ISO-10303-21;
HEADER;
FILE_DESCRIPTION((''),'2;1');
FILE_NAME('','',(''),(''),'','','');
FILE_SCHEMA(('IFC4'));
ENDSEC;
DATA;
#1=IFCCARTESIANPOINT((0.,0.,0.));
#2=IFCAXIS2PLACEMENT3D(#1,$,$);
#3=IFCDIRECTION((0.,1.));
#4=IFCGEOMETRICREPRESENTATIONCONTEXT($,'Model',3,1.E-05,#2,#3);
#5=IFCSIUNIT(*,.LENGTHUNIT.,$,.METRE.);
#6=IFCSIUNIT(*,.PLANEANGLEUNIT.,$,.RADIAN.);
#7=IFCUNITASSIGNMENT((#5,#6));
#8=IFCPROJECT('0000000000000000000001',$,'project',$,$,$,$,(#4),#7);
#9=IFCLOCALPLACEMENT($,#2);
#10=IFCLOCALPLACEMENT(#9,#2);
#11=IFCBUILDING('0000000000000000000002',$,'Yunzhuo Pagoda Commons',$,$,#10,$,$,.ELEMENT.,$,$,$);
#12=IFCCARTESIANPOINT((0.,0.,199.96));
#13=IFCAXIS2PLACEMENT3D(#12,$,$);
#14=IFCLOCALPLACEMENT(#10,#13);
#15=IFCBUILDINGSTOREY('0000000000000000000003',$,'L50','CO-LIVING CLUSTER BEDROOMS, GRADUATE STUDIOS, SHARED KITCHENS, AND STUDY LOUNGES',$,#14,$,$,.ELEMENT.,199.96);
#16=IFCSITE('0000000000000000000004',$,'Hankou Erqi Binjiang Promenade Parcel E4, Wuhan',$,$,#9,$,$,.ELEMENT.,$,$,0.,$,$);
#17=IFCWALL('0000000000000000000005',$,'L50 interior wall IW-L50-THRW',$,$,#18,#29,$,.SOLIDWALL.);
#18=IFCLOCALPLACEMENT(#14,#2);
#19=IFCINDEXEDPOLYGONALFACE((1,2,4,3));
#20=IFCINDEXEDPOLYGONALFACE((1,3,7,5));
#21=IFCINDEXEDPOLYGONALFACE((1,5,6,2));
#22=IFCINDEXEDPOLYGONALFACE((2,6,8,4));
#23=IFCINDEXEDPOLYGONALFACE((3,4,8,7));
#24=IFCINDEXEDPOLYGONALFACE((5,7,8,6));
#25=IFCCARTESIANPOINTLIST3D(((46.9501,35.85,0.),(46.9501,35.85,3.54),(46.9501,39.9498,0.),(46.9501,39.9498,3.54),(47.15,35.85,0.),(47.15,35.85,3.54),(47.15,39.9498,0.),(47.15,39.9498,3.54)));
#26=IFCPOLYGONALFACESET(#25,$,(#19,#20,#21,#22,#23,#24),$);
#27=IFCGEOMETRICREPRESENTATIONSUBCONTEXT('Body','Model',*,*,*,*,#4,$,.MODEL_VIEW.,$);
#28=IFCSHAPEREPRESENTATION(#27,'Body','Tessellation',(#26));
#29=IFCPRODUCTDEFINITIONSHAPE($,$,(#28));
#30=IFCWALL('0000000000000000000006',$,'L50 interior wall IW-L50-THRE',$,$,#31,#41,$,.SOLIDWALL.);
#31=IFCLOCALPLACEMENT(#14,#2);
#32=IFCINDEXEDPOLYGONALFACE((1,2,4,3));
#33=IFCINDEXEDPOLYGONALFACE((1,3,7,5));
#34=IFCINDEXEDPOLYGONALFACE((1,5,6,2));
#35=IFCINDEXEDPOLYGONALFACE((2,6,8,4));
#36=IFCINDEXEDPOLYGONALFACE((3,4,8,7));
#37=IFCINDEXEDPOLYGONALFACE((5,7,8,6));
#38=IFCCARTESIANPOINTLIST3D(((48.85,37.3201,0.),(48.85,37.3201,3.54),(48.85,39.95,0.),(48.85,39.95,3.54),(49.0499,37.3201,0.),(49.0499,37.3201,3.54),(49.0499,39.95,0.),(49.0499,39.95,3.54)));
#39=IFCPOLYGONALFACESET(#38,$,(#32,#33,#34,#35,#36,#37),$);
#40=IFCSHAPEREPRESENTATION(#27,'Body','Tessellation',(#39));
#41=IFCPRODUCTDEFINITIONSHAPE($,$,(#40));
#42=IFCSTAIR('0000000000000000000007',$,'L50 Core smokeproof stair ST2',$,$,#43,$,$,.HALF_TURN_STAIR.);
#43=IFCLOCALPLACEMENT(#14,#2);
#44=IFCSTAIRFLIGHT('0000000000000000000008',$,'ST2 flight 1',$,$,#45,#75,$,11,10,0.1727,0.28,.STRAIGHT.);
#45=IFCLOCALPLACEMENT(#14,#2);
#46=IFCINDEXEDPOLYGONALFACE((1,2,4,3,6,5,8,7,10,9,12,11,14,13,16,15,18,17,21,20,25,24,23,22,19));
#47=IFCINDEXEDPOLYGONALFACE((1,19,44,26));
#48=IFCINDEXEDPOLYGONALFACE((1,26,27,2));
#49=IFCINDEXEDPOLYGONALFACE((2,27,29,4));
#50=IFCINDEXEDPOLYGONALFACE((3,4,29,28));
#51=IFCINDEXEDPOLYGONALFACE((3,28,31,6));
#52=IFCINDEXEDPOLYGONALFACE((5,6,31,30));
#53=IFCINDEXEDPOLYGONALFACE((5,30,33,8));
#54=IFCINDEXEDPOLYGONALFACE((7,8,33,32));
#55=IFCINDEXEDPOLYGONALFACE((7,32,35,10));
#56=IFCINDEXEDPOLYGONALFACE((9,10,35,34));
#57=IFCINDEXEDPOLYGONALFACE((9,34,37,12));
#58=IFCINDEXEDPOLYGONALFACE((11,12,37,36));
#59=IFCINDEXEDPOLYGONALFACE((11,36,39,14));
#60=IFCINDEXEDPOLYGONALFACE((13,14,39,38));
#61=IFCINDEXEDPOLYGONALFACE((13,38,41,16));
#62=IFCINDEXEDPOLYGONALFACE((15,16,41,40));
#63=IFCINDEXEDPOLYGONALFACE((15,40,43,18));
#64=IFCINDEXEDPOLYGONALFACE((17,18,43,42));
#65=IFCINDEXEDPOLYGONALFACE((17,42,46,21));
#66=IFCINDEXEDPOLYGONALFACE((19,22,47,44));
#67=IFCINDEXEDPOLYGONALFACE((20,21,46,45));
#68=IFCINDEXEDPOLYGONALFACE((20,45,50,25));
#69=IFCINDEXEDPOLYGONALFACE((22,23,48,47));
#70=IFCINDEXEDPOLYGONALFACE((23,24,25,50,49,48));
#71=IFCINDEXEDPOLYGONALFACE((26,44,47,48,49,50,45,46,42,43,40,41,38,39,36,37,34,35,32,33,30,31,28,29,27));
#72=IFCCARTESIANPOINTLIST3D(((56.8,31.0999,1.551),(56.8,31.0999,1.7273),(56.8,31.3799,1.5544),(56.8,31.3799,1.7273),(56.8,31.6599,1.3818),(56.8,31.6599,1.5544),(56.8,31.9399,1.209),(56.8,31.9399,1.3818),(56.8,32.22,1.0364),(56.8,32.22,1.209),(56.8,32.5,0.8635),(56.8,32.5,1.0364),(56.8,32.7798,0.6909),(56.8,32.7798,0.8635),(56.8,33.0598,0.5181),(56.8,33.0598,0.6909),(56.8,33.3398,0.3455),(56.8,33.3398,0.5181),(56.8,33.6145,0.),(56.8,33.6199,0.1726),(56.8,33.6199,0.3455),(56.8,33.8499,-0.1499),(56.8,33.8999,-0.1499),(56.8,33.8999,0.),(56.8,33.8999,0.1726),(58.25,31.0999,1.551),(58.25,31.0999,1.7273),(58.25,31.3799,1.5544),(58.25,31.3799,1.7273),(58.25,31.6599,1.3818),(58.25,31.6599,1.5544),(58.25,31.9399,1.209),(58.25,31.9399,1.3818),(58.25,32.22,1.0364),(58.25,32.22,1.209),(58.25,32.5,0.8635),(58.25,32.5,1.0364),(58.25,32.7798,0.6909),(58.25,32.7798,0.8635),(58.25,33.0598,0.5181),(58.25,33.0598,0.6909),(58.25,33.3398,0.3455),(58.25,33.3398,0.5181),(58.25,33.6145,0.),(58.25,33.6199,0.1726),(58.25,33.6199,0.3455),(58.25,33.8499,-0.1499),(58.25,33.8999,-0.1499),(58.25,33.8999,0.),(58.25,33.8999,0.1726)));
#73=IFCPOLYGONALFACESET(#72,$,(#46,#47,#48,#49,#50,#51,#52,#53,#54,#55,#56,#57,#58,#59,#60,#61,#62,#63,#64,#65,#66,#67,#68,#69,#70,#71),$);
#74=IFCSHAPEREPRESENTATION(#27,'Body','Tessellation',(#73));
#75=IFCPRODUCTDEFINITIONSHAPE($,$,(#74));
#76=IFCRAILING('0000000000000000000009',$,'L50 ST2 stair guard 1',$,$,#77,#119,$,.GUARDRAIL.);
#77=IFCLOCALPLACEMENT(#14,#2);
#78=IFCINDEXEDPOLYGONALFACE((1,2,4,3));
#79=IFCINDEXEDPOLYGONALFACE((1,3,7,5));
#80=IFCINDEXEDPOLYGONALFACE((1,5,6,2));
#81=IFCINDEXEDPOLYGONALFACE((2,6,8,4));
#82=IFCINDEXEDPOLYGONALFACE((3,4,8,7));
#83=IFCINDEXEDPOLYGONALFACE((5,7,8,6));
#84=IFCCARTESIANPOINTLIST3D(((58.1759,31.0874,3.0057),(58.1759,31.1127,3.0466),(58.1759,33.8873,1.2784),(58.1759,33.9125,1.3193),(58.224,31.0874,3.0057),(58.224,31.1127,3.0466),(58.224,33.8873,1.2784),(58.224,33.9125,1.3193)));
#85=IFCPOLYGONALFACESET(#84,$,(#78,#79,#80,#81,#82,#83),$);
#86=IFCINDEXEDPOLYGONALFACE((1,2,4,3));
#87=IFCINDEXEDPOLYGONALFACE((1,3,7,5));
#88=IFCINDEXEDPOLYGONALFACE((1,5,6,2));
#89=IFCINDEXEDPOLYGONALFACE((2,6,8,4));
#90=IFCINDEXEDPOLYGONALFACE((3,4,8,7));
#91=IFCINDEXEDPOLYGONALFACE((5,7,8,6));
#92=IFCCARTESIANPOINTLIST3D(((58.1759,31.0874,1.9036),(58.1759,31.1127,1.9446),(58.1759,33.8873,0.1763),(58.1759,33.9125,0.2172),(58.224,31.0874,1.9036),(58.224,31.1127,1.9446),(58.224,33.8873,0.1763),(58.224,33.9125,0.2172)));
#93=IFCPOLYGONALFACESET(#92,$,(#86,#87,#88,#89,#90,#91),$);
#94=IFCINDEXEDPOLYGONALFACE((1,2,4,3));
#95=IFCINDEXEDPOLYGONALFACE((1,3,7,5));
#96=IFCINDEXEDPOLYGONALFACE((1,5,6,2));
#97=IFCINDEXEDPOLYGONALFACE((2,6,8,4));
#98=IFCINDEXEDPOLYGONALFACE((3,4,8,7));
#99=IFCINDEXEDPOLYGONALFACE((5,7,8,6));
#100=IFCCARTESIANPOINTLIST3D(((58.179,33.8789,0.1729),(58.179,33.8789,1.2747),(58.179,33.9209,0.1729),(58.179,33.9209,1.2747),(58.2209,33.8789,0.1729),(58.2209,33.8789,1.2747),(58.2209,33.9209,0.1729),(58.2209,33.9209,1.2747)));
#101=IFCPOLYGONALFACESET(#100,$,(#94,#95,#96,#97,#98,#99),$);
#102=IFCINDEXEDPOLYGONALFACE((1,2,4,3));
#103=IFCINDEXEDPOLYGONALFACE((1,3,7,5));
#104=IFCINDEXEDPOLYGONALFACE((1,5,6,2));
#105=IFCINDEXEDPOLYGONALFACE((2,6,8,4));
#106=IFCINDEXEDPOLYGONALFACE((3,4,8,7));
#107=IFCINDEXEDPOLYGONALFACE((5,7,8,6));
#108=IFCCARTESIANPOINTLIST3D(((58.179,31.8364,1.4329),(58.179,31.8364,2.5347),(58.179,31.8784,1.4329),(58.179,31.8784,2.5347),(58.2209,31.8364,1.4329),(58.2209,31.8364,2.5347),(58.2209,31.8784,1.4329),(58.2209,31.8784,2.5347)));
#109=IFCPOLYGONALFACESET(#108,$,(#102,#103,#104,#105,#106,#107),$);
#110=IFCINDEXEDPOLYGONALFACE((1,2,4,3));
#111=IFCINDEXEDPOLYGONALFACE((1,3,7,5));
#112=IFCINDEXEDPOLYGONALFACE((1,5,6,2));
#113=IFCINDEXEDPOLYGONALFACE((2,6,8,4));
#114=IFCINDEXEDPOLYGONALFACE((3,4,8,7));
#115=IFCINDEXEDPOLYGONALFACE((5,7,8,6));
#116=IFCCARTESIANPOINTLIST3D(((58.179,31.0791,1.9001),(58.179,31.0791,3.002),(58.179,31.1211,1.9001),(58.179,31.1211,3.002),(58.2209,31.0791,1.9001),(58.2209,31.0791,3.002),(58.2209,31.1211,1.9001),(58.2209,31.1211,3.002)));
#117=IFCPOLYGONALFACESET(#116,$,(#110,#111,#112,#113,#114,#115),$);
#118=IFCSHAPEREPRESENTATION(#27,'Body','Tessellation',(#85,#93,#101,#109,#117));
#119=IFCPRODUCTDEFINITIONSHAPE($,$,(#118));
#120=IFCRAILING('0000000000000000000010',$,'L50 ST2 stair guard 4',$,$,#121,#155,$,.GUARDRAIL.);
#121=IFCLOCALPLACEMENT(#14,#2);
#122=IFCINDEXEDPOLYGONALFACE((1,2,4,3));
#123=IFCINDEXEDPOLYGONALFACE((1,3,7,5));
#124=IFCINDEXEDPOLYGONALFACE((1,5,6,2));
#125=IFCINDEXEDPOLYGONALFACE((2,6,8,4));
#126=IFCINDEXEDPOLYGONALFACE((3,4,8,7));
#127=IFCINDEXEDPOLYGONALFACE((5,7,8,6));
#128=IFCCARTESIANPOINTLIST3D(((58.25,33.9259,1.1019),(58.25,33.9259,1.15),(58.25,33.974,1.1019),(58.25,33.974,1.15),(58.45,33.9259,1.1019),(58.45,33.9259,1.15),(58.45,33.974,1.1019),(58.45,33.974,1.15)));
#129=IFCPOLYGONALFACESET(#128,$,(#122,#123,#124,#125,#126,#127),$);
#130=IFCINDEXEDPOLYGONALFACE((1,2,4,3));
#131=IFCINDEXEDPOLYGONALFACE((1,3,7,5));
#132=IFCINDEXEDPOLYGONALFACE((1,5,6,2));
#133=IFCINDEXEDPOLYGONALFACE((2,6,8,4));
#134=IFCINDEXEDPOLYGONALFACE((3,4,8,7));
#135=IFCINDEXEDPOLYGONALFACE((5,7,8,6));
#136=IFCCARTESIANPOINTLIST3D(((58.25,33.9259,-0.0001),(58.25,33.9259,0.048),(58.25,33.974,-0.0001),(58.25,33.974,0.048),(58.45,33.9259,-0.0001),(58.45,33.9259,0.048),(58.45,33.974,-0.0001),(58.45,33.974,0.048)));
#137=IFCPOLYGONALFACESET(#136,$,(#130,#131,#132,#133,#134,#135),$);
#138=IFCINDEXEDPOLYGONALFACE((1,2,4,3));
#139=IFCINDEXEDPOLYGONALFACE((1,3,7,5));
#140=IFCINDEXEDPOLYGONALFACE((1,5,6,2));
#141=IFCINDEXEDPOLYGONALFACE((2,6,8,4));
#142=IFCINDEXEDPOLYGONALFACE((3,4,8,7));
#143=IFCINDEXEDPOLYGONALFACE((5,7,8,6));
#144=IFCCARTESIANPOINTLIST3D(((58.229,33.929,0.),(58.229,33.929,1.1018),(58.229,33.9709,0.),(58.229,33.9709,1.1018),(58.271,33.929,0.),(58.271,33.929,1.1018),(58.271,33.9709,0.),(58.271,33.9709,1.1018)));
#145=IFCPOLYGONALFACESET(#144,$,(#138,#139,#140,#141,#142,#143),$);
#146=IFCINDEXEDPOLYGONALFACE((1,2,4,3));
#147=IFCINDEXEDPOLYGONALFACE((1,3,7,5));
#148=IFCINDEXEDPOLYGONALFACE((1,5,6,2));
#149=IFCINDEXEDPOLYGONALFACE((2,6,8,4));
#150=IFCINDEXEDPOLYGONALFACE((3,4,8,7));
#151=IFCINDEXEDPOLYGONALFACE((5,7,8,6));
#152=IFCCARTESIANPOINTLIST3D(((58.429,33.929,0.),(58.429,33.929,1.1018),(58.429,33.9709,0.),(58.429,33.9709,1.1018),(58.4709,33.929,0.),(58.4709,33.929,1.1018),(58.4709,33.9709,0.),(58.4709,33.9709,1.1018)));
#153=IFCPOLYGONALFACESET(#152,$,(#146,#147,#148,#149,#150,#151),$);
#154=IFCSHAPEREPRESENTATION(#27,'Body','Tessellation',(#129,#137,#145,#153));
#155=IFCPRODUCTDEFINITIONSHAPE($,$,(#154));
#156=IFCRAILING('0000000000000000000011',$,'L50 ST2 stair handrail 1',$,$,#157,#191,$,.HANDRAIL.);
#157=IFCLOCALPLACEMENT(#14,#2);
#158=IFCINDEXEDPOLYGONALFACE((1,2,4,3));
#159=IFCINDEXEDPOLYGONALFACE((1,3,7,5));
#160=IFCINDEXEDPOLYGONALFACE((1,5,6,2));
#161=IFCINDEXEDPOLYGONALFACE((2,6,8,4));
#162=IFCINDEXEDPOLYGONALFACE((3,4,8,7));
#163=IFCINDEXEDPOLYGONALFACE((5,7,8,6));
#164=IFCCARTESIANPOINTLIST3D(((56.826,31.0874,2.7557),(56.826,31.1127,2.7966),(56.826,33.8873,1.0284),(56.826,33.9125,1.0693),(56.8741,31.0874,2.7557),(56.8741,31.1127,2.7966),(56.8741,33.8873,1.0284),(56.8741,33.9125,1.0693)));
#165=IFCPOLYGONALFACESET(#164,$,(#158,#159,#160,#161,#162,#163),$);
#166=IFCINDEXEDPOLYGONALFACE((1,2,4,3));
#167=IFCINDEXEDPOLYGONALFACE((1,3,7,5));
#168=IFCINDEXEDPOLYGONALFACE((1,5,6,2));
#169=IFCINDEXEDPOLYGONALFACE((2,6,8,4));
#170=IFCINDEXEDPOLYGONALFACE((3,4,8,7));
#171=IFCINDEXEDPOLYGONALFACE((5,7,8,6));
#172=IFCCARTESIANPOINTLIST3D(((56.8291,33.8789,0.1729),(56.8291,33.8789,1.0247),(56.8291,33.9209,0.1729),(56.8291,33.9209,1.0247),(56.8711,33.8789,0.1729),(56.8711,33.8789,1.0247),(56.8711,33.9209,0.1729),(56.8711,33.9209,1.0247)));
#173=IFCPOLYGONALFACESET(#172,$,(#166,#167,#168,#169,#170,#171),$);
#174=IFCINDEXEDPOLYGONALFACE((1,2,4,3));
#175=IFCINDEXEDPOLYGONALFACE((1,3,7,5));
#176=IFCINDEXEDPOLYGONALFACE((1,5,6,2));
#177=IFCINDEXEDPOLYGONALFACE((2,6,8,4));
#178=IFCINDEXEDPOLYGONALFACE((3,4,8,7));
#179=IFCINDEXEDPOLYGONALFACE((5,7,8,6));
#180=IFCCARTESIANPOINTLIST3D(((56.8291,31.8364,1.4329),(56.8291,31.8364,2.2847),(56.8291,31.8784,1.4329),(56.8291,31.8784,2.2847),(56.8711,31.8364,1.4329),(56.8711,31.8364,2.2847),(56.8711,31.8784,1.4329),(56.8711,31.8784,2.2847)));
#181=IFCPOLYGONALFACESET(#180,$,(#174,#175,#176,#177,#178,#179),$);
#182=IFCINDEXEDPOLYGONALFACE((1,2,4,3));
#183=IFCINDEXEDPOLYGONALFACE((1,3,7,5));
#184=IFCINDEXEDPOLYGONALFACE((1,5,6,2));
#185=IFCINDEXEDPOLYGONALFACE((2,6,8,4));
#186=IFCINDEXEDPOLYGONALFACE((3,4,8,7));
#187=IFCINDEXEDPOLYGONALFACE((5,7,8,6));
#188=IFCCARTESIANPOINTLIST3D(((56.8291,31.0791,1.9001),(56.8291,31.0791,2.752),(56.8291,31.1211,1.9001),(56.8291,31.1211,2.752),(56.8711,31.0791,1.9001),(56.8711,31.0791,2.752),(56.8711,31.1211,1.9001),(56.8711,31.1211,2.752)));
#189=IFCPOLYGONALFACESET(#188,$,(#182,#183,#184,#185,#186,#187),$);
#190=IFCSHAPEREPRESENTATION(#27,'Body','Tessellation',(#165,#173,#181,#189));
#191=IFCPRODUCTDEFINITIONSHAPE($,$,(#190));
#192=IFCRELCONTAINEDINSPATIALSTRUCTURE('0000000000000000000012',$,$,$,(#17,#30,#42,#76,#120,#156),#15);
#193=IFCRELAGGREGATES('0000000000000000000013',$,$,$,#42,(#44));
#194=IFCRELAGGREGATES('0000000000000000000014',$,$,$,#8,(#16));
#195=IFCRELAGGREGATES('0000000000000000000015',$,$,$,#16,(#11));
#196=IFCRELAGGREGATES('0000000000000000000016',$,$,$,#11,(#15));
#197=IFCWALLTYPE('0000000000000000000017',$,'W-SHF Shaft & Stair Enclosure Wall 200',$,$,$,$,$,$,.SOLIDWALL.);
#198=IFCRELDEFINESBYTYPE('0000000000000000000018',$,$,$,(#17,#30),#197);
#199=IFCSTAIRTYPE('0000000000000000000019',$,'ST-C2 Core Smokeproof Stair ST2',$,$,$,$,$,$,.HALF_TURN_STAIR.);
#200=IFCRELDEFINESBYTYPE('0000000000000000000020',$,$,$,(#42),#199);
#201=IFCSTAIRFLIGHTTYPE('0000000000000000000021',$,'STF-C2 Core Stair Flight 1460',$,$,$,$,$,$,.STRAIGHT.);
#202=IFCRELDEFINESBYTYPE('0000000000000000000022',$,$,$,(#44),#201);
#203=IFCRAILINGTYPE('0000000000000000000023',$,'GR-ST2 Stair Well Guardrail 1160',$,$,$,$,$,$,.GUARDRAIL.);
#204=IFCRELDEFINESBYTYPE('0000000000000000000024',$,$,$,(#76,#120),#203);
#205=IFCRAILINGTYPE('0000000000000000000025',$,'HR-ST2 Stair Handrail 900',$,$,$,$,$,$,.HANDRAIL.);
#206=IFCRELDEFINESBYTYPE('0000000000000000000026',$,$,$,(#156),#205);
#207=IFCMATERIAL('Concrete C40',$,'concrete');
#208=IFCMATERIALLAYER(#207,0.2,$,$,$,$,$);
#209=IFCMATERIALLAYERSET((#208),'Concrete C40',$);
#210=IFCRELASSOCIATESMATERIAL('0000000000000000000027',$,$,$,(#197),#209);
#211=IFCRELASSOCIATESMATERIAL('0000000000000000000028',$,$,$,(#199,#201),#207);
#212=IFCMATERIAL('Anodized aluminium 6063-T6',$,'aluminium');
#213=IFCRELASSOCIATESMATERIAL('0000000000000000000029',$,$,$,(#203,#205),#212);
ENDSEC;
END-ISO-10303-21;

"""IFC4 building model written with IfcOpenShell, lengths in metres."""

from ifc_helpers import new_model, si_unit, direction, frame, frame_2d, origin, origin_2d, place, context, subcontext, project, spatial, polyline, rectangle, outline, extrude, source, transform, mapped, material, layer, layer_set, type_object, element, aggregate, save


model = new_model("IFC4")

# Units and contexts
model_context = context("Model", 3, precision=1e-05, world=origin(), true_north=direction((0.0, 1.0)))
body_context = subcontext(model_context, "Body", "Model", "MODEL_VIEW")
ifc_project = project(units=[si_unit("LENGTHUNIT", "METRE"), si_unit("PLANEANGLEUNIT", "RADIAN")], contexts=[model_context])

# Site, building, storey
site_placement = place(None, origin())
site = spatial("IfcSite", under=ifc_project, at=site_placement, Name="Hankou Erqi Binjiang Promenade Parcel E4, Wuhan", CompositionType="ELEMENT", RefElevation=0.0)
building_placement = place(site_placement, origin())
building = spatial("IfcBuilding", under=site, at=building_placement, Name="Yunzhuo Pagoda Commons", CompositionType="ELEMENT")
storey_placement = place(building_placement, frame((0.0, 0.0, 199.96)))
storey = spatial("IfcBuildingStorey", under=building, at=storey_placement, Name="L50", Description="CO-LIVING CLUSTER BEDROOMS, GRADUATE STUDIOS, SHARED KITCHENS, AND STUDY LOUNGES", CompositionType="ELEMENT", Elevation=199.96)

# Shared definitions
ifc_material_1 = material(Name="Concrete C40", Category="concrete")
ifc_layer_1 = layer(ifc_material_1, 0.2)
ifc_layer_set_1 = layer_set([ifc_layer_1], Name="Concrete C40")
wall_type_1 = type_object("IfcWallType", Name="W-SHF Shaft & Stair Enclosure Wall 200", PredefinedType="SOLIDWALL", material=ifc_layer_set_1)

# Walls
wall_1_placement = place(storey_placement, frame((47.05, 35.8501, 0.0), z_axis=(0.0, 0.0, 1.0), x_axis=(0.0, 1.0, 0.0)))
element("IfcWall", 1, at=wall_1_placement, inside=storey, type_object=wall_type_1, Name="L50 interior wall IW-L50-THRW", PredefinedType="SOLIDWALL", context=body_context, shape_type="SweptSolid", body=[
    extrude(rectangle(XDim=4.0999, YDim=0.2, at=frame_2d((2.0498, 0.0))), origin(), (0.0, 0.0, 1.0), 3.54),
])
wall_2_placement = place(storey_placement, frame((48.95, 37.3201, 0.0), z_axis=(0.0, 0.0, 1.0), x_axis=(0.0, 1.0, 0.0)))
element("IfcWall", 2, at=wall_2_placement, inside=storey, type_object=wall_type_1, Name="L50 interior wall IW-L50-THRE", PredefinedType="SOLIDWALL", context=body_context, shape_type="SweptSolid", body=[
    extrude(rectangle(XDim=2.6299, YDim=0.2, at=frame_2d((1.3149, 0.0))), origin(), (0.0, 0.0, 1.0), 3.54),
])

# Stair, stair flight
stair_type = type_object("IfcStairType", Name="ST-C2 Core Smokeproof Stair ST2", PredefinedType="HALF_TURN_STAIR", material=ifc_material_1)
stair_placement = place(storey_placement, origin())
stair = element("IfcStair", 3, at=stair_placement, inside=storey, type_object=stair_type, Name="L50 Core smokeproof stair ST2", PredefinedType="HALF_TURN_STAIR")
stair_flight_type = type_object("IfcStairFlightType", Name="STF-C2 Core Stair Flight 1460", PredefinedType="STRAIGHT", material=ifc_material_1)
shared_shape_1 = source(origin(), body_context, "Body", "SweptSolid", [
    extrude(outline(polyline([(0.0, -0.1499), (0.0, 0.0), (0.0, 0.1726), (0.28, 0.1726), (0.28, 0.3455), (0.5601, 0.3455), (0.5601, 0.5181), (0.8401, 0.5181), (0.8401, 0.6909), (1.1201, 0.6909), (1.1201, 0.8635), (1.3999, 0.8635), (1.3999, 1.0364), (1.6799, 1.0364), (1.6799, 1.209), (1.96, 1.209), (1.96, 1.3818), (2.24, 1.3818), (2.24, 1.5544), (2.52, 1.5544), (2.52, 1.7273), (2.8, 1.7273), (2.8, 1.8999), (2.8, 1.551), (0.2854, 0.0), (0.05, -0.1499), (0.0, -0.1499)])), frame((0.0, 0.7251, 0.0), z_axis=(0.0, -1.0, 0.0), x_axis=(1.0, 0.0, 0.0)), (0.0, 0.0, 1.0), 1.45),
])
stair_flight_placement = place(storey_placement, frame((57.5249, 33.8999, 0.0), z_axis=(0.0, 0.0, 1.0), x_axis=(0.0, -1.0, 0.0)))
stair_flight = element("IfcStairFlight", 4, at=stair_flight_placement, type_object=stair_flight_type, Name="ST2 flight 1", NumberOfRisers=11, NumberOfTreads=10, PredefinedType="STRAIGHT", RiserHeight=0.1727, TreadLength=0.28, context=body_context, shape_type="MappedRepresentation", body=[
    mapped(shared_shape_1, transform((0.0, 0.0, 0.0), scale=1.0)),
])
aggregate(stair, [stair_flight])

# Railings
ifc_material_2 = material(Name="Anodized aluminium 6063-T6", Category="aluminium")
railing_type_1 = type_object("IfcRailingType", Name="GR-ST2 Stair Well Guardrail 1160", PredefinedType="GUARDRAIL", material=ifc_material_2)
railing_1_placement = place(storey_placement, frame((58.2, 33.8999, 0.1729)))
element("IfcRailing", 5, at=railing_1_placement, inside=storey, type_object=railing_type_1, Name="L50 ST2 stair guard 1", PredefinedType="GUARDRAIL", context=body_context, shape_type="SweptSolid", body=[
    extrude(rectangle(XDim=0.0481, YDim=0.0481, at=origin_2d()), frame((0.0, 0.0, 1.126), z_axis=(0.0, -0.851069, 0.525054), x_axis=(1.0, 0.0, 0.0)), (0.0, 0.0, 1.0), 3.2898),
    extrude(rectangle(XDim=0.0481, YDim=0.0481, at=origin_2d()), frame((0.0, 0.0, 0.0239), z_axis=(0.0, -0.851069, 0.525054), x_axis=(1.0, 0.0, 0.0)), (0.0, 0.0, 1.0), 3.2898),
    extrude(rectangle(XDim=0.042, YDim=0.042, at=origin_2d()), origin(), (0.0, 0.0, 1.0), 1.1018),
    extrude(rectangle(XDim=0.042, YDim=0.042, at=origin_2d()), frame((0.0, -2.0425, 1.26)), (0.0, 0.0, 1.0), 1.1018),
    extrude(rectangle(XDim=0.042, YDim=0.042, at=origin_2d()), frame((0.0, -2.7998, 1.7273)), (0.0, 0.0, 1.0), 1.1018),
])
railing_2_placement = place(storey_placement, frame((58.25, 33.95, 0.0)))
element("IfcRailing", 6, at=railing_2_placement, inside=storey, type_object=railing_type_1, Name="L50 ST2 stair guard 4", PredefinedType="GUARDRAIL", context=body_context, shape_type="SweptSolid", body=[
    extrude(rectangle(XDim=0.0481, YDim=0.0481, at=origin_2d()), frame((0.0, 0.0, 1.126), z_axis=(1.0, 0.0, 0.0), x_axis=(0.0, 1.0, 0.0)), (0.0, 0.0, 1.0), 0.2),
    extrude(rectangle(XDim=0.0481, YDim=0.0481, at=origin_2d()), frame((0.0, 0.0, 0.0239), z_axis=(1.0, 0.0, 0.0), x_axis=(0.0, 1.0, 0.0)), (0.0, 0.0, 1.0), 0.2),
    extrude(rectangle(XDim=0.042, YDim=0.042, at=origin_2d()), origin(), (0.0, 0.0, 1.0), 1.1018),
    extrude(rectangle(XDim=0.042, YDim=0.042, at=origin_2d()), frame((0.2, 0.0, 0.0)), (0.0, 0.0, 1.0), 1.1018),
])
railing_type_2 = type_object("IfcRailingType", Name="HR-ST2 Stair Handrail 900", PredefinedType="HANDRAIL", material=ifc_material_2)
railing_3_placement = place(storey_placement, frame((56.8501, 33.8999, 0.1729)))
element("IfcRailing", 7, at=railing_3_placement, inside=storey, type_object=railing_type_2, Name="L50 ST2 stair handrail 1", PredefinedType="HANDRAIL", context=body_context, shape_type="SweptSolid", body=[
    extrude(rectangle(XDim=0.0481, YDim=0.0481, at=origin_2d()), frame((0.0, 0.0, 0.876), z_axis=(0.0, -0.851069, 0.525054), x_axis=(1.0, 0.0, 0.0)), (0.0, 0.0, 1.0), 3.2898),
    extrude(rectangle(XDim=0.042, YDim=0.042, at=origin_2d()), origin(), (0.0, 0.0, 1.0), 0.8518),
    extrude(rectangle(XDim=0.042, YDim=0.042, at=origin_2d()), frame((0.0, -2.0425, 1.26)), (0.0, 0.0, 1.0), 0.8518),
    extrude(rectangle(XDim=0.042, YDim=0.042, at=origin_2d()), frame((0.0, -2.7998, 1.7273)), (0.0, 0.0, 1.0), 0.8518),
])

save(model, "model.ifc")
